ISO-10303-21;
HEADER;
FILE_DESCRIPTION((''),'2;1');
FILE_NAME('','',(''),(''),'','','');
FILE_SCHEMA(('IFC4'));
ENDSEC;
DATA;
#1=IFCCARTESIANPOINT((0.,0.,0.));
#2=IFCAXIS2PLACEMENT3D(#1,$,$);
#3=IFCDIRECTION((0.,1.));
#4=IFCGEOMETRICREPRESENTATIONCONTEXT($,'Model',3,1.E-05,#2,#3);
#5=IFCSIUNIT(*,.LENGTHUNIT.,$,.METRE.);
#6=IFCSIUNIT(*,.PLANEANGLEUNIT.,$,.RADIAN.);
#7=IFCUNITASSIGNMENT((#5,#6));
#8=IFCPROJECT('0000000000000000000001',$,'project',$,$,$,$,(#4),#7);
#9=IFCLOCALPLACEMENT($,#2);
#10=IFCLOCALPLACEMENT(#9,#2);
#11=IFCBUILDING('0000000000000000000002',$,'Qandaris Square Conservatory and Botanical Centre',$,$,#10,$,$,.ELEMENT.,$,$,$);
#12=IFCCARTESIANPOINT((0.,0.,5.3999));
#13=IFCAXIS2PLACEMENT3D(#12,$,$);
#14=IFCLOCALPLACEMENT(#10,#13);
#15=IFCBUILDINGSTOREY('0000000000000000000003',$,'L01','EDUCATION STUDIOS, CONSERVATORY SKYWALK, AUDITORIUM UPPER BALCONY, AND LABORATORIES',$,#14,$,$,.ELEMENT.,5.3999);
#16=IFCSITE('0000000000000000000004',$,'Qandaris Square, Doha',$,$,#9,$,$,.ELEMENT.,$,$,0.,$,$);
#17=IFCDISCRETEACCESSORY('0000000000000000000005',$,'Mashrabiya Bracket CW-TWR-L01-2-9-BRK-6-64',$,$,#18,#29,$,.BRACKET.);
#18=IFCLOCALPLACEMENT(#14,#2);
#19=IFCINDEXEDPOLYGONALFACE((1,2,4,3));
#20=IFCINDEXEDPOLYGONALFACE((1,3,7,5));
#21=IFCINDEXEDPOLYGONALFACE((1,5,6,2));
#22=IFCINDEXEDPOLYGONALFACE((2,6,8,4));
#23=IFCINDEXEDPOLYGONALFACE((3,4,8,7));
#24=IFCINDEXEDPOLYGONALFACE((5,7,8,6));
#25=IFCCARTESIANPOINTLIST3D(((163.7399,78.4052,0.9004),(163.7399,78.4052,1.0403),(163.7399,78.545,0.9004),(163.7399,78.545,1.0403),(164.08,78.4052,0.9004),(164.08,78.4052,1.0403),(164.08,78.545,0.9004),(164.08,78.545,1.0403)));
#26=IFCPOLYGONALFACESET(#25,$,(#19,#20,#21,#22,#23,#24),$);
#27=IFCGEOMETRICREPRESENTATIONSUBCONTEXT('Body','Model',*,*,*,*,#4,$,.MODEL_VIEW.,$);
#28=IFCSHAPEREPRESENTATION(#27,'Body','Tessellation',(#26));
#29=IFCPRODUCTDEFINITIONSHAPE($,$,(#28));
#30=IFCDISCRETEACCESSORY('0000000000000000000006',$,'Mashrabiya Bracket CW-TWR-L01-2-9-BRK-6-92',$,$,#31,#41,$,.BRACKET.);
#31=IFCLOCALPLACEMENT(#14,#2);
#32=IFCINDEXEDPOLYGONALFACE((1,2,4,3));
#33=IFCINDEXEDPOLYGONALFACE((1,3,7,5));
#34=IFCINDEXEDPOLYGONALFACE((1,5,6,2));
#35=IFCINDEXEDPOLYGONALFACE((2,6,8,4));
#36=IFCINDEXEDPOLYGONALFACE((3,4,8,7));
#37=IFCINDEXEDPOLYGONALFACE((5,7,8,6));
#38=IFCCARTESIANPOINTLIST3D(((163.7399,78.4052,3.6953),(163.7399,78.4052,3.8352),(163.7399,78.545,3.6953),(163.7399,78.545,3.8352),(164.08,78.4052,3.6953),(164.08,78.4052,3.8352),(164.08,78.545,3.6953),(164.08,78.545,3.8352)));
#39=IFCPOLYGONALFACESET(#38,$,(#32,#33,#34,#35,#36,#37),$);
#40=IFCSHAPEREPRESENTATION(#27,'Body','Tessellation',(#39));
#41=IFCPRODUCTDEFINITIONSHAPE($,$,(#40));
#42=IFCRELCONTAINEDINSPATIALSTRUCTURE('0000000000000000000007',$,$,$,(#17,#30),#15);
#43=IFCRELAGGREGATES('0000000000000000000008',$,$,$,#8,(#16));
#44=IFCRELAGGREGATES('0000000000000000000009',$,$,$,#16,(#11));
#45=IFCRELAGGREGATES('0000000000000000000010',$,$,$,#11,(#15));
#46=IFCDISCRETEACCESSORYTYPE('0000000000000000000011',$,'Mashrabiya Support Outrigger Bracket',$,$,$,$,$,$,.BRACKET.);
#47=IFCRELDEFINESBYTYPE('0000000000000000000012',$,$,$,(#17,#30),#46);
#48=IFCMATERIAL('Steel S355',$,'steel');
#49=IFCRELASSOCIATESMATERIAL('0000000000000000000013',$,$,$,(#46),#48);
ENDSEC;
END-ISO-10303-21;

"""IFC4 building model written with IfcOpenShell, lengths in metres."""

from ifc_helpers import new_model, si_unit, direction, frame, origin, origin_2d, place, context, subcontext, project, spatial, rectangle, extrude, material, type_object, element, save


model = new_model("IFC4")

# Units and contexts
model_context = context("Model", 3, precision=1e-05, world=origin(), true_north=direction((0.0, 1.0)))
body_context = subcontext(model_context, "Body", "Model", "MODEL_VIEW")
ifc_project = project(units=[si_unit("LENGTHUNIT", "METRE"), si_unit("PLANEANGLEUNIT", "RADIAN")], contexts=[model_context])

# Site, building, storey
site_placement = place(None, origin())
site = spatial("IfcSite", under=ifc_project, at=site_placement, Name="Qandaris Square, Doha", CompositionType="ELEMENT", RefElevation=0.0)
building_placement = place(site_placement, origin())
building = spatial("IfcBuilding", under=site, at=building_placement, Name="Qandaris Square Conservatory and Botanical Centre", CompositionType="ELEMENT")
storey_placement = place(building_placement, frame((0.0, 0.0, 5.3999)))
storey = spatial("IfcBuildingStorey", under=building, at=storey_placement, Name="L01", Description="EDUCATION STUDIOS, CONSERVATORY SKYWALK, AUDITORIUM UPPER BALCONY, AND LABORATORIES", CompositionType="ELEMENT", Elevation=5.3999)

# Shared definitions
ifc_material_1 = material(Name="Steel S355", Category="steel")

# Discrete accessories
discrete_accessory_type = type_object("IfcDiscreteAccessoryType", Name="Mashrabiya Support Outrigger Bracket", PredefinedType="BRACKET", material=ifc_material_1)
for number, where, z_axis, x_axis, name in (
    (1, (163.9099, 78.4751, 0.9004), (0.0, 0.0, 1.0), (0.0, 1.0, 0.0), "Mashrabiya Bracket CW-TWR-L01-2-9-BRK-6-64"),
    (2, (163.9099, 78.4751, 3.6953), (0.0, 0.0, 1.0), (0.0, 1.0, 0.0), "Mashrabiya Bracket CW-TWR-L01-2-9-BRK-6-92"),
):
    element("IfcDiscreteAccessory", number, at=place(storey_placement, frame(where, z_axis=z_axis, x_axis=x_axis)), inside=storey, type_object=discrete_accessory_type, Name=name, PredefinedType="BRACKET", context=body_context, shape_type="SweptSolid", body=[
        extrude(rectangle(XDim=0.1399, YDim=0.3401, at=origin_2d()), origin(), (0.0, 0.0, 1.0), 0.1399),
    ])

save(model, "model.ifc")
